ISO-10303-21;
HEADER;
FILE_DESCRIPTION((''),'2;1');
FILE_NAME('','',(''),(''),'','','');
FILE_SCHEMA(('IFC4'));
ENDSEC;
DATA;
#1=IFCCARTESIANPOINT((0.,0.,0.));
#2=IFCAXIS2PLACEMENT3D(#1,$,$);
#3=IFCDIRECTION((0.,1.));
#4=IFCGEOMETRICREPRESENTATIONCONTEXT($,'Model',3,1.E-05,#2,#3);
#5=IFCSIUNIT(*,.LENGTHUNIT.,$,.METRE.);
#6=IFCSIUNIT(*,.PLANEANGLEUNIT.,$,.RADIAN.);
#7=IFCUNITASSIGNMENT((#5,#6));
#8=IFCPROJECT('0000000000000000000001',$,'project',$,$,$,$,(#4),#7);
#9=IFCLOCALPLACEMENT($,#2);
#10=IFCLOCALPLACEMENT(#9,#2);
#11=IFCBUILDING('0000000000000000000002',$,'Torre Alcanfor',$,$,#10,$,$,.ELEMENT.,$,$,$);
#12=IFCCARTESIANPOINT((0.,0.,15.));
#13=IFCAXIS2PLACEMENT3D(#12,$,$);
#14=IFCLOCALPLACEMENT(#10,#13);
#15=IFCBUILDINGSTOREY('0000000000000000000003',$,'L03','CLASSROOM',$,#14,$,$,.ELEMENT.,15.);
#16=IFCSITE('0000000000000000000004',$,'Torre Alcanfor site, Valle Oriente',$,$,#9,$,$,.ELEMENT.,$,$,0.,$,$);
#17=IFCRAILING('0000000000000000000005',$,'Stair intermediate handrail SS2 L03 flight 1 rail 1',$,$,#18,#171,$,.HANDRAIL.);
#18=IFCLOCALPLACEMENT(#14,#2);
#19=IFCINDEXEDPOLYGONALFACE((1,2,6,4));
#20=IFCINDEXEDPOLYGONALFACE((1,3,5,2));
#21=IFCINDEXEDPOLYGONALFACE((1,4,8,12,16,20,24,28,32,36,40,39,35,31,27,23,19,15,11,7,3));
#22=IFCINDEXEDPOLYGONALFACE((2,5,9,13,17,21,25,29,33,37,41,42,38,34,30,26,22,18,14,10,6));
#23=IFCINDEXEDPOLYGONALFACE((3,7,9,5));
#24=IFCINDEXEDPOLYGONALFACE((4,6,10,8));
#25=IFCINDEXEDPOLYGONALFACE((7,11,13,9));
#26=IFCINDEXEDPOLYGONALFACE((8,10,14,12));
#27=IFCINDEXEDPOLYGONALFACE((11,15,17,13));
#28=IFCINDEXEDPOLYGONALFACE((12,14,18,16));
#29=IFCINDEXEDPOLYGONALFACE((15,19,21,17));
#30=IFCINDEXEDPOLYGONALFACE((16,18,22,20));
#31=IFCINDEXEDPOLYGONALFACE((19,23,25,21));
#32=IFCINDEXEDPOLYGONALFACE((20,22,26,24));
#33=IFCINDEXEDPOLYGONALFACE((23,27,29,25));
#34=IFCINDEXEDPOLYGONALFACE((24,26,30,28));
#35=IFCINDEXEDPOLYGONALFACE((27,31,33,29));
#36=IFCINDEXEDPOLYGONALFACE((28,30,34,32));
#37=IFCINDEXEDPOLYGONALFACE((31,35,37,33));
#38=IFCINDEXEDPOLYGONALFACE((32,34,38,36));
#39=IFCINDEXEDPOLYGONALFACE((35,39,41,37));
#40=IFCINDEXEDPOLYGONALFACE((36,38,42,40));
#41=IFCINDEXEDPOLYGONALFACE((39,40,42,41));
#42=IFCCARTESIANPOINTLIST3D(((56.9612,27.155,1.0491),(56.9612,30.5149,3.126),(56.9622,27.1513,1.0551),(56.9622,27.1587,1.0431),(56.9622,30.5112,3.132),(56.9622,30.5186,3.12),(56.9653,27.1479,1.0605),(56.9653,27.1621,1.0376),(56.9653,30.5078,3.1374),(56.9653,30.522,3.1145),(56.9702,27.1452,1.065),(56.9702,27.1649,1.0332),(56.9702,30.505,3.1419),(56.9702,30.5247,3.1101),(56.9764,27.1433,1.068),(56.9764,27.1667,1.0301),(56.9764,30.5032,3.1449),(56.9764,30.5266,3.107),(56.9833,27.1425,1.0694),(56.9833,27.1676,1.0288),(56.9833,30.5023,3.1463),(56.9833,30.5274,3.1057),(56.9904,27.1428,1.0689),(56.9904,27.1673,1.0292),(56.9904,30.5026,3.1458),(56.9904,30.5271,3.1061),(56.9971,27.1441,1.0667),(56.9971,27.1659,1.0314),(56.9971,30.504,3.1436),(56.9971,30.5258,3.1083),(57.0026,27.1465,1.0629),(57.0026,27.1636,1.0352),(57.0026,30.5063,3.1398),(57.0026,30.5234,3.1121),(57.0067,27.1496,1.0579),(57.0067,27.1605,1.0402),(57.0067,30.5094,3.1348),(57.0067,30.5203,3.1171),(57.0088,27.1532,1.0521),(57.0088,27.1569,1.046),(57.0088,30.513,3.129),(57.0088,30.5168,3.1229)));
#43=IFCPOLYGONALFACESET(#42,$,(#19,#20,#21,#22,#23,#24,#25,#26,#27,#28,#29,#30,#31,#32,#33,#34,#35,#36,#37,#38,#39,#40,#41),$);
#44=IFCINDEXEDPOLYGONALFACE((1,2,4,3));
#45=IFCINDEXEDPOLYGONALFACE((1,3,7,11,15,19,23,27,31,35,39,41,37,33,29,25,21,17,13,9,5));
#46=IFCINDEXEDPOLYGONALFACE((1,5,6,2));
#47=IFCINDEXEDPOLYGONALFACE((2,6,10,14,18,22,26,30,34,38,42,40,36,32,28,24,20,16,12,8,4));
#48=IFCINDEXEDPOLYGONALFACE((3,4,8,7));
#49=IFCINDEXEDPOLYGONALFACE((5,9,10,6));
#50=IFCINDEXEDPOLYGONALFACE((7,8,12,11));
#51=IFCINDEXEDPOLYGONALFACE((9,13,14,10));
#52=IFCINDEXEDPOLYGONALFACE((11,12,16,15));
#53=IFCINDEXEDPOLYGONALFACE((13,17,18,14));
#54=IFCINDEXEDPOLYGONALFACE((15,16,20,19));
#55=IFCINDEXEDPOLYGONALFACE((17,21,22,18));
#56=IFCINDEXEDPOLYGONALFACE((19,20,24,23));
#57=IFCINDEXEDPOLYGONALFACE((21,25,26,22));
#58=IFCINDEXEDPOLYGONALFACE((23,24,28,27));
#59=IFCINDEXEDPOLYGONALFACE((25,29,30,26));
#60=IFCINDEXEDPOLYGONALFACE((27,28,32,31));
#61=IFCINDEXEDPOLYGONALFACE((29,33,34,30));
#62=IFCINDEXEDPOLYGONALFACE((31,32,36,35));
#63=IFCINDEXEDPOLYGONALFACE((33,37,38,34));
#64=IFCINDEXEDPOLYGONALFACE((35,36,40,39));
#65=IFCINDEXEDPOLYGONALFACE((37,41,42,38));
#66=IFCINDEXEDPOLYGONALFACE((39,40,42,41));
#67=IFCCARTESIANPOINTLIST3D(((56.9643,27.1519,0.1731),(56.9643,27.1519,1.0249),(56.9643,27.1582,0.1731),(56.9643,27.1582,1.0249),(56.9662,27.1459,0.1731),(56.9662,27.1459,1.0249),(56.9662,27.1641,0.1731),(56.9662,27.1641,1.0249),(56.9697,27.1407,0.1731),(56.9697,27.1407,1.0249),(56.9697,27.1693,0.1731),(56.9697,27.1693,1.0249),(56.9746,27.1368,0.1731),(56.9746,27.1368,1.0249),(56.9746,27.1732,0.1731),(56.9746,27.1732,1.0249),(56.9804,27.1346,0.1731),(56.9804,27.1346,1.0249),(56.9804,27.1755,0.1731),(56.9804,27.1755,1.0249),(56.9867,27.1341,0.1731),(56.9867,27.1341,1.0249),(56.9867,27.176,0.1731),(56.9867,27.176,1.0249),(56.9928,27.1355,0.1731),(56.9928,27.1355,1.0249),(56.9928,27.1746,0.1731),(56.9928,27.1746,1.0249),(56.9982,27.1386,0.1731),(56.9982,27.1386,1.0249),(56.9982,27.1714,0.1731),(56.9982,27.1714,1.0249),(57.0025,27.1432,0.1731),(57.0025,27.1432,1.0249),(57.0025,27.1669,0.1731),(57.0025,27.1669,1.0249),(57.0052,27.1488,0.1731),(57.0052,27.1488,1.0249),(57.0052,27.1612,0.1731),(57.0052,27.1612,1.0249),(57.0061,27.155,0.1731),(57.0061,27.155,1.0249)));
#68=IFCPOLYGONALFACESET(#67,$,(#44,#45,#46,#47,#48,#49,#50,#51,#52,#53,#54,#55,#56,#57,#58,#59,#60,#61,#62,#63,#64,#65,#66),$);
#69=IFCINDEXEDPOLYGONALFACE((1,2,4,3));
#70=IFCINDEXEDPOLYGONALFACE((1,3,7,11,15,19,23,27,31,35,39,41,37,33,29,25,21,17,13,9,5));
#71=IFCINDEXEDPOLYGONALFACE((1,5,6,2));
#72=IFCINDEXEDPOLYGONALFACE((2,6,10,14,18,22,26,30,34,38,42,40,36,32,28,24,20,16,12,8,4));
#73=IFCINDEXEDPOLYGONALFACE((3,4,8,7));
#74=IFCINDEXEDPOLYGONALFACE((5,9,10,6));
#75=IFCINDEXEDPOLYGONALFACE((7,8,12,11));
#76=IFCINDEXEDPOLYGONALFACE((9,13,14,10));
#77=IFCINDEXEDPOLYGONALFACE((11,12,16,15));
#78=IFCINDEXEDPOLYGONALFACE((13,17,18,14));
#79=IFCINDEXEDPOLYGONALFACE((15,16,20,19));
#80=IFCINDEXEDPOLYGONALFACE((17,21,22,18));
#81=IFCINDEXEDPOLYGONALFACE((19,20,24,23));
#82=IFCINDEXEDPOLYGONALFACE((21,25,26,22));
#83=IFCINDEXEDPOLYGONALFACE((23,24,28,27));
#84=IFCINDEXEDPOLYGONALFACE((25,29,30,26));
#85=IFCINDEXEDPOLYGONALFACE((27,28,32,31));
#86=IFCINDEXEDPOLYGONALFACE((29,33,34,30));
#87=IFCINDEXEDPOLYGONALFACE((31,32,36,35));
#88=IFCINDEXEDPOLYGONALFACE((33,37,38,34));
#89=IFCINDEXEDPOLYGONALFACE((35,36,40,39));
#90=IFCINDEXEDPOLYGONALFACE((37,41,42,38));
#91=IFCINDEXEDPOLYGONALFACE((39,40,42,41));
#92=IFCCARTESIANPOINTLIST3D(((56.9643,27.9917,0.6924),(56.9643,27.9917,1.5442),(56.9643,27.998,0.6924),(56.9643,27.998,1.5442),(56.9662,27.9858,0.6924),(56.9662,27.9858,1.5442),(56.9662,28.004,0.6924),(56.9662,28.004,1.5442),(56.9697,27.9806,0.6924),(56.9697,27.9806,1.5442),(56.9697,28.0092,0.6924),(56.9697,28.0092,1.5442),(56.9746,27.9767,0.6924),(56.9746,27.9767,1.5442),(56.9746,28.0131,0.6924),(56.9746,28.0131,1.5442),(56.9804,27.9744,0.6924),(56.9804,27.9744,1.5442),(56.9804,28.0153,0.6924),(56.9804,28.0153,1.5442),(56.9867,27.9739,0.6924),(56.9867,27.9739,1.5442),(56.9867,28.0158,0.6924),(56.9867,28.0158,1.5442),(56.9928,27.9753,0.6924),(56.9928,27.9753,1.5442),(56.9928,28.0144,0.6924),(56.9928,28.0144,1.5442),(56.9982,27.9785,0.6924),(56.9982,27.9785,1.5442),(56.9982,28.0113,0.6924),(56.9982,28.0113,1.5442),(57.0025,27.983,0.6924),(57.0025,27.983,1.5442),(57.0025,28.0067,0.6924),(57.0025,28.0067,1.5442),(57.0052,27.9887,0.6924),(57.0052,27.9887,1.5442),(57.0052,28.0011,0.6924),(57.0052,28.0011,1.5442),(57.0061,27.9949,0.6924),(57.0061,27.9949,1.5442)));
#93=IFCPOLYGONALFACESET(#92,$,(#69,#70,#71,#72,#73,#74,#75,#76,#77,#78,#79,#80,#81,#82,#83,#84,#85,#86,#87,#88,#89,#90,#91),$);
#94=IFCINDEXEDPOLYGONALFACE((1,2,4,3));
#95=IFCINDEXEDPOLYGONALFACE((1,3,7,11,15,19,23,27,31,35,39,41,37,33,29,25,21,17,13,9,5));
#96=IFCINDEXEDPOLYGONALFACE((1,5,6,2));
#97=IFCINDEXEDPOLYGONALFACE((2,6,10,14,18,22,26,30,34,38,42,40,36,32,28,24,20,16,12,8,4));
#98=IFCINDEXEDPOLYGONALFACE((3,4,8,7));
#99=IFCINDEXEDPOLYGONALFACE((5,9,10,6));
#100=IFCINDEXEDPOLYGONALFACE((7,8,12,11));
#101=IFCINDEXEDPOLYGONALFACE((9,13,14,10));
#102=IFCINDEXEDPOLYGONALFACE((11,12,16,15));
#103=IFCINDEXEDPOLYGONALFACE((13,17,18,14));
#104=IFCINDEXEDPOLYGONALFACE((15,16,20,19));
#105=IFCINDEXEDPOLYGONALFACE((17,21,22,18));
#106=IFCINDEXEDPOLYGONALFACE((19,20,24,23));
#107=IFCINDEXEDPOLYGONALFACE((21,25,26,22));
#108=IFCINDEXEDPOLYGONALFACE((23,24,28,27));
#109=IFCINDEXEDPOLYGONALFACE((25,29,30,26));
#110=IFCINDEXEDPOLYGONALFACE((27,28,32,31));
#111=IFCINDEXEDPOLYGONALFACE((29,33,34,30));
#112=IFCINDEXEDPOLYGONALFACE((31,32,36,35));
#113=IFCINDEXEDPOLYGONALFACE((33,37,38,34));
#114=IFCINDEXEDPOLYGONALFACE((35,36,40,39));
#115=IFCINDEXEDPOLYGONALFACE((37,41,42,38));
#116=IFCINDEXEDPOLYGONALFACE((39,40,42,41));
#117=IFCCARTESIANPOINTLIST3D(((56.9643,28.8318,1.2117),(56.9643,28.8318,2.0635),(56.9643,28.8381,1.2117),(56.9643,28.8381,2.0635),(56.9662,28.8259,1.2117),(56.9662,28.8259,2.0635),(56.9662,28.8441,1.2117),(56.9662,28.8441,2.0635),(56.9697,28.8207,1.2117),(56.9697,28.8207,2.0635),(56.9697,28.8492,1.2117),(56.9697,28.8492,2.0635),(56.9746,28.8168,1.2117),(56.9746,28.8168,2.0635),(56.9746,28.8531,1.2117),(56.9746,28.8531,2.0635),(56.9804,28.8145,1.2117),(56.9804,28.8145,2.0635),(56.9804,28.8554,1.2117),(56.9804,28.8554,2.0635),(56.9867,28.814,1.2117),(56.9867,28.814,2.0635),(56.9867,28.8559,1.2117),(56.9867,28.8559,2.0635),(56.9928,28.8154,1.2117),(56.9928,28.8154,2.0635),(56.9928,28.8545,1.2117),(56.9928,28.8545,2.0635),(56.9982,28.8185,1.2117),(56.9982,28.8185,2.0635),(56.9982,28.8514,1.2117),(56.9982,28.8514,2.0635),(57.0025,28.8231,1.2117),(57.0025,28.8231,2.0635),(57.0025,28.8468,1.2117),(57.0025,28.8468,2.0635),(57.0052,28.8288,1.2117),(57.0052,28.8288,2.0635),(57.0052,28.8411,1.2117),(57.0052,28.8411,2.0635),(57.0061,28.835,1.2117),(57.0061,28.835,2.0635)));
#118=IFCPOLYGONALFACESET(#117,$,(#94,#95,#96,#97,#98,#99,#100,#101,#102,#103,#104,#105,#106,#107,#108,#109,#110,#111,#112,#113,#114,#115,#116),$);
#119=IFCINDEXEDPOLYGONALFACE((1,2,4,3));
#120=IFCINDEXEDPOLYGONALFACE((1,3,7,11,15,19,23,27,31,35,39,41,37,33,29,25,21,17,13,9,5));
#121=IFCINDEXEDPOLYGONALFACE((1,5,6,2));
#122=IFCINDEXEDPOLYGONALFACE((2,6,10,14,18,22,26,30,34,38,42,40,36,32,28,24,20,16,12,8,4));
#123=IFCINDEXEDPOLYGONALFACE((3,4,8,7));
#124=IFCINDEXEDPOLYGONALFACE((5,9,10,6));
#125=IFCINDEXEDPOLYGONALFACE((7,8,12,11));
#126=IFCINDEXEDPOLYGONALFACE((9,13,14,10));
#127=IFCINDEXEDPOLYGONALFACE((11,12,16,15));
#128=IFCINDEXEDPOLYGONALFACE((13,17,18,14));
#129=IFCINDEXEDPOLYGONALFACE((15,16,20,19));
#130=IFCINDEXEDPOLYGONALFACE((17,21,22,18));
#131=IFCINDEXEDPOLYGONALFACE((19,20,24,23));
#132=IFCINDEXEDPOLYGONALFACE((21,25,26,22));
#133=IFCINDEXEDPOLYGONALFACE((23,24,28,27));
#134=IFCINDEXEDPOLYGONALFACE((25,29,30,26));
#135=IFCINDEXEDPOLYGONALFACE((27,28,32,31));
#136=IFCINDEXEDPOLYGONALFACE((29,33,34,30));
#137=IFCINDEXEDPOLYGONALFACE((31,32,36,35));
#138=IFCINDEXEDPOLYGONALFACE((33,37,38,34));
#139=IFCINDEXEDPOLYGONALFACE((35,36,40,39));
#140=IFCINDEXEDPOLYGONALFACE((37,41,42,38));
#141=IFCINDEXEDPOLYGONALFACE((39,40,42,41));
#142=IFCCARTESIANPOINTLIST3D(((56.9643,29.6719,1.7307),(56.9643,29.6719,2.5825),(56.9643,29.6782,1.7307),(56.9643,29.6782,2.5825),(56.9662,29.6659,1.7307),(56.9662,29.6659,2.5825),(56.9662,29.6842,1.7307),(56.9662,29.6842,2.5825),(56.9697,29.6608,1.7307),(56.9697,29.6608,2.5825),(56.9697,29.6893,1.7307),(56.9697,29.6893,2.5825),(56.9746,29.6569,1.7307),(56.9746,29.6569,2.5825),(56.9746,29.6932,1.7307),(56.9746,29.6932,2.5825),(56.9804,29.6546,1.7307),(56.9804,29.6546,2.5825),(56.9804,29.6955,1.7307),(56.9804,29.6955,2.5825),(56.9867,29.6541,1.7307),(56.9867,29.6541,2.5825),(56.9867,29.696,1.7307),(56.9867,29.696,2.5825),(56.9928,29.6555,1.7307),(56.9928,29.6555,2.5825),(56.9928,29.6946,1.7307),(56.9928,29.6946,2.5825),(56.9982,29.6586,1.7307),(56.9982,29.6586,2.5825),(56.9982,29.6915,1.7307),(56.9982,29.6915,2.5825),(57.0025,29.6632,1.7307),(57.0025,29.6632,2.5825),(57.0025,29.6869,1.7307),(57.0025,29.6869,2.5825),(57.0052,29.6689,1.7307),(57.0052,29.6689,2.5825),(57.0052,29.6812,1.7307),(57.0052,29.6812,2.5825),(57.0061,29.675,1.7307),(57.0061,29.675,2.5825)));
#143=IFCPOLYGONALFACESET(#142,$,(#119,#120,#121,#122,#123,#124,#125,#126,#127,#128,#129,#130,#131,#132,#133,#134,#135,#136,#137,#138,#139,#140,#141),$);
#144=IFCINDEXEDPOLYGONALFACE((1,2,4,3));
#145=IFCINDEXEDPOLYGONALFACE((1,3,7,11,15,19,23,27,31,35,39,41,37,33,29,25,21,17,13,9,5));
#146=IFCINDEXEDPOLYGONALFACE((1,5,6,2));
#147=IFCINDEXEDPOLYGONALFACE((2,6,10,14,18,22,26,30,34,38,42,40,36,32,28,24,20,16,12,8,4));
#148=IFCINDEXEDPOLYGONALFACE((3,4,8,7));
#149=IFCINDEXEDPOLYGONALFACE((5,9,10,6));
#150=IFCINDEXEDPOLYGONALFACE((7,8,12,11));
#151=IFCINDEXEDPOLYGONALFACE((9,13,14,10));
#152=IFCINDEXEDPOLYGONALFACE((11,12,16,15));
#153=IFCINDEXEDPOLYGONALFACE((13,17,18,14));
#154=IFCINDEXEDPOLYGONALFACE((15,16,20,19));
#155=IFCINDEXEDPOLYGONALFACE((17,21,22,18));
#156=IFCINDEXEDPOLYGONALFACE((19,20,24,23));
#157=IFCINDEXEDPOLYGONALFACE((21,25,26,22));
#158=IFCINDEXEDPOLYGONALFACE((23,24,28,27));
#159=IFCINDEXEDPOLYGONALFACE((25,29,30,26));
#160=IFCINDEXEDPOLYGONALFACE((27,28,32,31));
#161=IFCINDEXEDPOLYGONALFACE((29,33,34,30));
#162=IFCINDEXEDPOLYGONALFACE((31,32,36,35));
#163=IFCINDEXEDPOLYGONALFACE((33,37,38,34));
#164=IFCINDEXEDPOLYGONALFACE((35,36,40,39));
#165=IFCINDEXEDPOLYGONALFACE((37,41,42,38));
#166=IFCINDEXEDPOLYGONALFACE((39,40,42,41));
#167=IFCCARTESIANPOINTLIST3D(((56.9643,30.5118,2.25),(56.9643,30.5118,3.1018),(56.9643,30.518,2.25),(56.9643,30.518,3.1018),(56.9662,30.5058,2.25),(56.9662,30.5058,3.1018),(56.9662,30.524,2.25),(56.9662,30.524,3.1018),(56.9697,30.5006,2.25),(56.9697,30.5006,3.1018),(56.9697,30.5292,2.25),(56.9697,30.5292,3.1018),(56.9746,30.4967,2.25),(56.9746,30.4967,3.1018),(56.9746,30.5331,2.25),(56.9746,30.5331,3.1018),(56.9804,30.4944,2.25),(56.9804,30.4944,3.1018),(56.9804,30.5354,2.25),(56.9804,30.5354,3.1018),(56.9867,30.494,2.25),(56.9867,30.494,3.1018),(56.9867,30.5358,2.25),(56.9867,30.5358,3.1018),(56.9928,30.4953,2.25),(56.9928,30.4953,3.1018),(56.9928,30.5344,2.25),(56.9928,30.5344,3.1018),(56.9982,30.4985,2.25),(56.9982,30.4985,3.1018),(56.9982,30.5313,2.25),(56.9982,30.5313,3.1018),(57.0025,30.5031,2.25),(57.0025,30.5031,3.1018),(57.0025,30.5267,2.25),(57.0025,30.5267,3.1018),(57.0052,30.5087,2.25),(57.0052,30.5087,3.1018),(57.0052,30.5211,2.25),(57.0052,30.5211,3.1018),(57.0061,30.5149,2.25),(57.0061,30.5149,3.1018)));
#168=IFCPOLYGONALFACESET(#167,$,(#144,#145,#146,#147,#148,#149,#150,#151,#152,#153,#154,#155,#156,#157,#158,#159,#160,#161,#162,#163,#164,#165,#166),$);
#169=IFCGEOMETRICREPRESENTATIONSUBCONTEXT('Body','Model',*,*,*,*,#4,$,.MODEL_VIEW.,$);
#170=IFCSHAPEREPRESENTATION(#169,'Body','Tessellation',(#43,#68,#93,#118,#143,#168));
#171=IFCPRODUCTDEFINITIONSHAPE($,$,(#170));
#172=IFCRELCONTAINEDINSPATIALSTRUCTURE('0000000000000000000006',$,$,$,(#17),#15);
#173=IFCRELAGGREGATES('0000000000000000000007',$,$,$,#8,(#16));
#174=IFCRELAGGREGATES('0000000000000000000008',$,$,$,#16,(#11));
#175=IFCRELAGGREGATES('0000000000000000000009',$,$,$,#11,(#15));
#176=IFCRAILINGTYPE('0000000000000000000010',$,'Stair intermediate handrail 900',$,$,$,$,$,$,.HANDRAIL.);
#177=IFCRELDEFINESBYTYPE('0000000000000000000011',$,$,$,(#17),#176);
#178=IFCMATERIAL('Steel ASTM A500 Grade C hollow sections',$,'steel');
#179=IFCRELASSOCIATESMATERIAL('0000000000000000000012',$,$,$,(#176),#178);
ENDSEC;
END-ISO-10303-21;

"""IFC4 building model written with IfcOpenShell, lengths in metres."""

from ifc_helpers import new_model, si_unit, direction, frame, origin, origin_2d, place, context, subcontext, project, spatial, circle, extrude, material, type_object, element, save


model = new_model("IFC4")

# Units and contexts
model_context = context("Model", 3, precision=1e-05, world=origin(), true_north=direction((0.0, 1.0)))
body_context = subcontext(model_context, "Body", "Model", "MODEL_VIEW")
ifc_project = project(units=[si_unit("LENGTHUNIT", "METRE"), si_unit("PLANEANGLEUNIT", "RADIAN")], contexts=[model_context])

# Site, building, storey
site_placement = place(None, origin())
site = spatial("IfcSite", under=ifc_project, at=site_placement, Name="Torre Alcanfor site, Valle Oriente", CompositionType="ELEMENT", RefElevation=0.0)
building_placement = place(site_placement, origin())
building = spatial("IfcBuilding", under=site, at=building_placement, Name="Torre Alcanfor", CompositionType="ELEMENT")
storey_placement = place(building_placement, frame((0.0, 0.0, 15.0)))
storey = spatial("IfcBuildingStorey", under=building, at=storey_placement, Name="L03", Description="CLASSROOM", CompositionType="ELEMENT", Elevation=15.0)

# Railing
ifc_material_1 = material(Name="Steel ASTM A500 Grade C hollow sections", Category="steel")
railing_type_1 = type_object("IfcRailingType", Name="Stair intermediate handrail 900", PredefinedType="HANDRAIL", material=ifc_material_1)
railing_1_placement = place(storey_placement, frame((56.9851, 27.155, 0.1731)))
element("IfcRailing", 1, at=railing_1_placement, inside=storey, type_object=railing_type_1, Name="Stair intermediate handrail SS2 L03 flight 1 rail 1", PredefinedType="HANDRAIL", context=body_context, shape_type="SweptSolid", body=[
    extrude(circle(Radius=0.0239, at=origin_2d()), frame((0.0, 0.0, 0.876), z_axis=(0.0, 0.850606, 0.525803), x_axis=(-1.0, 0.0, 0.0)), (0.0, 0.0, 1.0), 3.95),
    extrude(circle(Radius=0.021, at=origin_2d()), origin(), (0.0, 0.0, 1.0), 0.8518),
    extrude(circle(Radius=0.021, at=origin_2d()), frame((0.0, 0.8398, 0.5193)), (0.0, 0.0, 1.0), 0.8518),
    extrude(circle(Radius=0.021, at=origin_2d()), frame((0.0, 1.6799, 1.0386)), (0.0, 0.0, 1.0), 0.8518),
    extrude(circle(Radius=0.021, at=origin_2d()), frame((0.0, 2.52, 1.5576)), (0.0, 0.0, 1.0), 0.8518),
    extrude(circle(Radius=0.021, at=origin_2d()), frame((0.0, 3.3599, 2.0769)), (0.0, 0.0, 1.0), 0.8518),
])

save(model, "model.ifc")
